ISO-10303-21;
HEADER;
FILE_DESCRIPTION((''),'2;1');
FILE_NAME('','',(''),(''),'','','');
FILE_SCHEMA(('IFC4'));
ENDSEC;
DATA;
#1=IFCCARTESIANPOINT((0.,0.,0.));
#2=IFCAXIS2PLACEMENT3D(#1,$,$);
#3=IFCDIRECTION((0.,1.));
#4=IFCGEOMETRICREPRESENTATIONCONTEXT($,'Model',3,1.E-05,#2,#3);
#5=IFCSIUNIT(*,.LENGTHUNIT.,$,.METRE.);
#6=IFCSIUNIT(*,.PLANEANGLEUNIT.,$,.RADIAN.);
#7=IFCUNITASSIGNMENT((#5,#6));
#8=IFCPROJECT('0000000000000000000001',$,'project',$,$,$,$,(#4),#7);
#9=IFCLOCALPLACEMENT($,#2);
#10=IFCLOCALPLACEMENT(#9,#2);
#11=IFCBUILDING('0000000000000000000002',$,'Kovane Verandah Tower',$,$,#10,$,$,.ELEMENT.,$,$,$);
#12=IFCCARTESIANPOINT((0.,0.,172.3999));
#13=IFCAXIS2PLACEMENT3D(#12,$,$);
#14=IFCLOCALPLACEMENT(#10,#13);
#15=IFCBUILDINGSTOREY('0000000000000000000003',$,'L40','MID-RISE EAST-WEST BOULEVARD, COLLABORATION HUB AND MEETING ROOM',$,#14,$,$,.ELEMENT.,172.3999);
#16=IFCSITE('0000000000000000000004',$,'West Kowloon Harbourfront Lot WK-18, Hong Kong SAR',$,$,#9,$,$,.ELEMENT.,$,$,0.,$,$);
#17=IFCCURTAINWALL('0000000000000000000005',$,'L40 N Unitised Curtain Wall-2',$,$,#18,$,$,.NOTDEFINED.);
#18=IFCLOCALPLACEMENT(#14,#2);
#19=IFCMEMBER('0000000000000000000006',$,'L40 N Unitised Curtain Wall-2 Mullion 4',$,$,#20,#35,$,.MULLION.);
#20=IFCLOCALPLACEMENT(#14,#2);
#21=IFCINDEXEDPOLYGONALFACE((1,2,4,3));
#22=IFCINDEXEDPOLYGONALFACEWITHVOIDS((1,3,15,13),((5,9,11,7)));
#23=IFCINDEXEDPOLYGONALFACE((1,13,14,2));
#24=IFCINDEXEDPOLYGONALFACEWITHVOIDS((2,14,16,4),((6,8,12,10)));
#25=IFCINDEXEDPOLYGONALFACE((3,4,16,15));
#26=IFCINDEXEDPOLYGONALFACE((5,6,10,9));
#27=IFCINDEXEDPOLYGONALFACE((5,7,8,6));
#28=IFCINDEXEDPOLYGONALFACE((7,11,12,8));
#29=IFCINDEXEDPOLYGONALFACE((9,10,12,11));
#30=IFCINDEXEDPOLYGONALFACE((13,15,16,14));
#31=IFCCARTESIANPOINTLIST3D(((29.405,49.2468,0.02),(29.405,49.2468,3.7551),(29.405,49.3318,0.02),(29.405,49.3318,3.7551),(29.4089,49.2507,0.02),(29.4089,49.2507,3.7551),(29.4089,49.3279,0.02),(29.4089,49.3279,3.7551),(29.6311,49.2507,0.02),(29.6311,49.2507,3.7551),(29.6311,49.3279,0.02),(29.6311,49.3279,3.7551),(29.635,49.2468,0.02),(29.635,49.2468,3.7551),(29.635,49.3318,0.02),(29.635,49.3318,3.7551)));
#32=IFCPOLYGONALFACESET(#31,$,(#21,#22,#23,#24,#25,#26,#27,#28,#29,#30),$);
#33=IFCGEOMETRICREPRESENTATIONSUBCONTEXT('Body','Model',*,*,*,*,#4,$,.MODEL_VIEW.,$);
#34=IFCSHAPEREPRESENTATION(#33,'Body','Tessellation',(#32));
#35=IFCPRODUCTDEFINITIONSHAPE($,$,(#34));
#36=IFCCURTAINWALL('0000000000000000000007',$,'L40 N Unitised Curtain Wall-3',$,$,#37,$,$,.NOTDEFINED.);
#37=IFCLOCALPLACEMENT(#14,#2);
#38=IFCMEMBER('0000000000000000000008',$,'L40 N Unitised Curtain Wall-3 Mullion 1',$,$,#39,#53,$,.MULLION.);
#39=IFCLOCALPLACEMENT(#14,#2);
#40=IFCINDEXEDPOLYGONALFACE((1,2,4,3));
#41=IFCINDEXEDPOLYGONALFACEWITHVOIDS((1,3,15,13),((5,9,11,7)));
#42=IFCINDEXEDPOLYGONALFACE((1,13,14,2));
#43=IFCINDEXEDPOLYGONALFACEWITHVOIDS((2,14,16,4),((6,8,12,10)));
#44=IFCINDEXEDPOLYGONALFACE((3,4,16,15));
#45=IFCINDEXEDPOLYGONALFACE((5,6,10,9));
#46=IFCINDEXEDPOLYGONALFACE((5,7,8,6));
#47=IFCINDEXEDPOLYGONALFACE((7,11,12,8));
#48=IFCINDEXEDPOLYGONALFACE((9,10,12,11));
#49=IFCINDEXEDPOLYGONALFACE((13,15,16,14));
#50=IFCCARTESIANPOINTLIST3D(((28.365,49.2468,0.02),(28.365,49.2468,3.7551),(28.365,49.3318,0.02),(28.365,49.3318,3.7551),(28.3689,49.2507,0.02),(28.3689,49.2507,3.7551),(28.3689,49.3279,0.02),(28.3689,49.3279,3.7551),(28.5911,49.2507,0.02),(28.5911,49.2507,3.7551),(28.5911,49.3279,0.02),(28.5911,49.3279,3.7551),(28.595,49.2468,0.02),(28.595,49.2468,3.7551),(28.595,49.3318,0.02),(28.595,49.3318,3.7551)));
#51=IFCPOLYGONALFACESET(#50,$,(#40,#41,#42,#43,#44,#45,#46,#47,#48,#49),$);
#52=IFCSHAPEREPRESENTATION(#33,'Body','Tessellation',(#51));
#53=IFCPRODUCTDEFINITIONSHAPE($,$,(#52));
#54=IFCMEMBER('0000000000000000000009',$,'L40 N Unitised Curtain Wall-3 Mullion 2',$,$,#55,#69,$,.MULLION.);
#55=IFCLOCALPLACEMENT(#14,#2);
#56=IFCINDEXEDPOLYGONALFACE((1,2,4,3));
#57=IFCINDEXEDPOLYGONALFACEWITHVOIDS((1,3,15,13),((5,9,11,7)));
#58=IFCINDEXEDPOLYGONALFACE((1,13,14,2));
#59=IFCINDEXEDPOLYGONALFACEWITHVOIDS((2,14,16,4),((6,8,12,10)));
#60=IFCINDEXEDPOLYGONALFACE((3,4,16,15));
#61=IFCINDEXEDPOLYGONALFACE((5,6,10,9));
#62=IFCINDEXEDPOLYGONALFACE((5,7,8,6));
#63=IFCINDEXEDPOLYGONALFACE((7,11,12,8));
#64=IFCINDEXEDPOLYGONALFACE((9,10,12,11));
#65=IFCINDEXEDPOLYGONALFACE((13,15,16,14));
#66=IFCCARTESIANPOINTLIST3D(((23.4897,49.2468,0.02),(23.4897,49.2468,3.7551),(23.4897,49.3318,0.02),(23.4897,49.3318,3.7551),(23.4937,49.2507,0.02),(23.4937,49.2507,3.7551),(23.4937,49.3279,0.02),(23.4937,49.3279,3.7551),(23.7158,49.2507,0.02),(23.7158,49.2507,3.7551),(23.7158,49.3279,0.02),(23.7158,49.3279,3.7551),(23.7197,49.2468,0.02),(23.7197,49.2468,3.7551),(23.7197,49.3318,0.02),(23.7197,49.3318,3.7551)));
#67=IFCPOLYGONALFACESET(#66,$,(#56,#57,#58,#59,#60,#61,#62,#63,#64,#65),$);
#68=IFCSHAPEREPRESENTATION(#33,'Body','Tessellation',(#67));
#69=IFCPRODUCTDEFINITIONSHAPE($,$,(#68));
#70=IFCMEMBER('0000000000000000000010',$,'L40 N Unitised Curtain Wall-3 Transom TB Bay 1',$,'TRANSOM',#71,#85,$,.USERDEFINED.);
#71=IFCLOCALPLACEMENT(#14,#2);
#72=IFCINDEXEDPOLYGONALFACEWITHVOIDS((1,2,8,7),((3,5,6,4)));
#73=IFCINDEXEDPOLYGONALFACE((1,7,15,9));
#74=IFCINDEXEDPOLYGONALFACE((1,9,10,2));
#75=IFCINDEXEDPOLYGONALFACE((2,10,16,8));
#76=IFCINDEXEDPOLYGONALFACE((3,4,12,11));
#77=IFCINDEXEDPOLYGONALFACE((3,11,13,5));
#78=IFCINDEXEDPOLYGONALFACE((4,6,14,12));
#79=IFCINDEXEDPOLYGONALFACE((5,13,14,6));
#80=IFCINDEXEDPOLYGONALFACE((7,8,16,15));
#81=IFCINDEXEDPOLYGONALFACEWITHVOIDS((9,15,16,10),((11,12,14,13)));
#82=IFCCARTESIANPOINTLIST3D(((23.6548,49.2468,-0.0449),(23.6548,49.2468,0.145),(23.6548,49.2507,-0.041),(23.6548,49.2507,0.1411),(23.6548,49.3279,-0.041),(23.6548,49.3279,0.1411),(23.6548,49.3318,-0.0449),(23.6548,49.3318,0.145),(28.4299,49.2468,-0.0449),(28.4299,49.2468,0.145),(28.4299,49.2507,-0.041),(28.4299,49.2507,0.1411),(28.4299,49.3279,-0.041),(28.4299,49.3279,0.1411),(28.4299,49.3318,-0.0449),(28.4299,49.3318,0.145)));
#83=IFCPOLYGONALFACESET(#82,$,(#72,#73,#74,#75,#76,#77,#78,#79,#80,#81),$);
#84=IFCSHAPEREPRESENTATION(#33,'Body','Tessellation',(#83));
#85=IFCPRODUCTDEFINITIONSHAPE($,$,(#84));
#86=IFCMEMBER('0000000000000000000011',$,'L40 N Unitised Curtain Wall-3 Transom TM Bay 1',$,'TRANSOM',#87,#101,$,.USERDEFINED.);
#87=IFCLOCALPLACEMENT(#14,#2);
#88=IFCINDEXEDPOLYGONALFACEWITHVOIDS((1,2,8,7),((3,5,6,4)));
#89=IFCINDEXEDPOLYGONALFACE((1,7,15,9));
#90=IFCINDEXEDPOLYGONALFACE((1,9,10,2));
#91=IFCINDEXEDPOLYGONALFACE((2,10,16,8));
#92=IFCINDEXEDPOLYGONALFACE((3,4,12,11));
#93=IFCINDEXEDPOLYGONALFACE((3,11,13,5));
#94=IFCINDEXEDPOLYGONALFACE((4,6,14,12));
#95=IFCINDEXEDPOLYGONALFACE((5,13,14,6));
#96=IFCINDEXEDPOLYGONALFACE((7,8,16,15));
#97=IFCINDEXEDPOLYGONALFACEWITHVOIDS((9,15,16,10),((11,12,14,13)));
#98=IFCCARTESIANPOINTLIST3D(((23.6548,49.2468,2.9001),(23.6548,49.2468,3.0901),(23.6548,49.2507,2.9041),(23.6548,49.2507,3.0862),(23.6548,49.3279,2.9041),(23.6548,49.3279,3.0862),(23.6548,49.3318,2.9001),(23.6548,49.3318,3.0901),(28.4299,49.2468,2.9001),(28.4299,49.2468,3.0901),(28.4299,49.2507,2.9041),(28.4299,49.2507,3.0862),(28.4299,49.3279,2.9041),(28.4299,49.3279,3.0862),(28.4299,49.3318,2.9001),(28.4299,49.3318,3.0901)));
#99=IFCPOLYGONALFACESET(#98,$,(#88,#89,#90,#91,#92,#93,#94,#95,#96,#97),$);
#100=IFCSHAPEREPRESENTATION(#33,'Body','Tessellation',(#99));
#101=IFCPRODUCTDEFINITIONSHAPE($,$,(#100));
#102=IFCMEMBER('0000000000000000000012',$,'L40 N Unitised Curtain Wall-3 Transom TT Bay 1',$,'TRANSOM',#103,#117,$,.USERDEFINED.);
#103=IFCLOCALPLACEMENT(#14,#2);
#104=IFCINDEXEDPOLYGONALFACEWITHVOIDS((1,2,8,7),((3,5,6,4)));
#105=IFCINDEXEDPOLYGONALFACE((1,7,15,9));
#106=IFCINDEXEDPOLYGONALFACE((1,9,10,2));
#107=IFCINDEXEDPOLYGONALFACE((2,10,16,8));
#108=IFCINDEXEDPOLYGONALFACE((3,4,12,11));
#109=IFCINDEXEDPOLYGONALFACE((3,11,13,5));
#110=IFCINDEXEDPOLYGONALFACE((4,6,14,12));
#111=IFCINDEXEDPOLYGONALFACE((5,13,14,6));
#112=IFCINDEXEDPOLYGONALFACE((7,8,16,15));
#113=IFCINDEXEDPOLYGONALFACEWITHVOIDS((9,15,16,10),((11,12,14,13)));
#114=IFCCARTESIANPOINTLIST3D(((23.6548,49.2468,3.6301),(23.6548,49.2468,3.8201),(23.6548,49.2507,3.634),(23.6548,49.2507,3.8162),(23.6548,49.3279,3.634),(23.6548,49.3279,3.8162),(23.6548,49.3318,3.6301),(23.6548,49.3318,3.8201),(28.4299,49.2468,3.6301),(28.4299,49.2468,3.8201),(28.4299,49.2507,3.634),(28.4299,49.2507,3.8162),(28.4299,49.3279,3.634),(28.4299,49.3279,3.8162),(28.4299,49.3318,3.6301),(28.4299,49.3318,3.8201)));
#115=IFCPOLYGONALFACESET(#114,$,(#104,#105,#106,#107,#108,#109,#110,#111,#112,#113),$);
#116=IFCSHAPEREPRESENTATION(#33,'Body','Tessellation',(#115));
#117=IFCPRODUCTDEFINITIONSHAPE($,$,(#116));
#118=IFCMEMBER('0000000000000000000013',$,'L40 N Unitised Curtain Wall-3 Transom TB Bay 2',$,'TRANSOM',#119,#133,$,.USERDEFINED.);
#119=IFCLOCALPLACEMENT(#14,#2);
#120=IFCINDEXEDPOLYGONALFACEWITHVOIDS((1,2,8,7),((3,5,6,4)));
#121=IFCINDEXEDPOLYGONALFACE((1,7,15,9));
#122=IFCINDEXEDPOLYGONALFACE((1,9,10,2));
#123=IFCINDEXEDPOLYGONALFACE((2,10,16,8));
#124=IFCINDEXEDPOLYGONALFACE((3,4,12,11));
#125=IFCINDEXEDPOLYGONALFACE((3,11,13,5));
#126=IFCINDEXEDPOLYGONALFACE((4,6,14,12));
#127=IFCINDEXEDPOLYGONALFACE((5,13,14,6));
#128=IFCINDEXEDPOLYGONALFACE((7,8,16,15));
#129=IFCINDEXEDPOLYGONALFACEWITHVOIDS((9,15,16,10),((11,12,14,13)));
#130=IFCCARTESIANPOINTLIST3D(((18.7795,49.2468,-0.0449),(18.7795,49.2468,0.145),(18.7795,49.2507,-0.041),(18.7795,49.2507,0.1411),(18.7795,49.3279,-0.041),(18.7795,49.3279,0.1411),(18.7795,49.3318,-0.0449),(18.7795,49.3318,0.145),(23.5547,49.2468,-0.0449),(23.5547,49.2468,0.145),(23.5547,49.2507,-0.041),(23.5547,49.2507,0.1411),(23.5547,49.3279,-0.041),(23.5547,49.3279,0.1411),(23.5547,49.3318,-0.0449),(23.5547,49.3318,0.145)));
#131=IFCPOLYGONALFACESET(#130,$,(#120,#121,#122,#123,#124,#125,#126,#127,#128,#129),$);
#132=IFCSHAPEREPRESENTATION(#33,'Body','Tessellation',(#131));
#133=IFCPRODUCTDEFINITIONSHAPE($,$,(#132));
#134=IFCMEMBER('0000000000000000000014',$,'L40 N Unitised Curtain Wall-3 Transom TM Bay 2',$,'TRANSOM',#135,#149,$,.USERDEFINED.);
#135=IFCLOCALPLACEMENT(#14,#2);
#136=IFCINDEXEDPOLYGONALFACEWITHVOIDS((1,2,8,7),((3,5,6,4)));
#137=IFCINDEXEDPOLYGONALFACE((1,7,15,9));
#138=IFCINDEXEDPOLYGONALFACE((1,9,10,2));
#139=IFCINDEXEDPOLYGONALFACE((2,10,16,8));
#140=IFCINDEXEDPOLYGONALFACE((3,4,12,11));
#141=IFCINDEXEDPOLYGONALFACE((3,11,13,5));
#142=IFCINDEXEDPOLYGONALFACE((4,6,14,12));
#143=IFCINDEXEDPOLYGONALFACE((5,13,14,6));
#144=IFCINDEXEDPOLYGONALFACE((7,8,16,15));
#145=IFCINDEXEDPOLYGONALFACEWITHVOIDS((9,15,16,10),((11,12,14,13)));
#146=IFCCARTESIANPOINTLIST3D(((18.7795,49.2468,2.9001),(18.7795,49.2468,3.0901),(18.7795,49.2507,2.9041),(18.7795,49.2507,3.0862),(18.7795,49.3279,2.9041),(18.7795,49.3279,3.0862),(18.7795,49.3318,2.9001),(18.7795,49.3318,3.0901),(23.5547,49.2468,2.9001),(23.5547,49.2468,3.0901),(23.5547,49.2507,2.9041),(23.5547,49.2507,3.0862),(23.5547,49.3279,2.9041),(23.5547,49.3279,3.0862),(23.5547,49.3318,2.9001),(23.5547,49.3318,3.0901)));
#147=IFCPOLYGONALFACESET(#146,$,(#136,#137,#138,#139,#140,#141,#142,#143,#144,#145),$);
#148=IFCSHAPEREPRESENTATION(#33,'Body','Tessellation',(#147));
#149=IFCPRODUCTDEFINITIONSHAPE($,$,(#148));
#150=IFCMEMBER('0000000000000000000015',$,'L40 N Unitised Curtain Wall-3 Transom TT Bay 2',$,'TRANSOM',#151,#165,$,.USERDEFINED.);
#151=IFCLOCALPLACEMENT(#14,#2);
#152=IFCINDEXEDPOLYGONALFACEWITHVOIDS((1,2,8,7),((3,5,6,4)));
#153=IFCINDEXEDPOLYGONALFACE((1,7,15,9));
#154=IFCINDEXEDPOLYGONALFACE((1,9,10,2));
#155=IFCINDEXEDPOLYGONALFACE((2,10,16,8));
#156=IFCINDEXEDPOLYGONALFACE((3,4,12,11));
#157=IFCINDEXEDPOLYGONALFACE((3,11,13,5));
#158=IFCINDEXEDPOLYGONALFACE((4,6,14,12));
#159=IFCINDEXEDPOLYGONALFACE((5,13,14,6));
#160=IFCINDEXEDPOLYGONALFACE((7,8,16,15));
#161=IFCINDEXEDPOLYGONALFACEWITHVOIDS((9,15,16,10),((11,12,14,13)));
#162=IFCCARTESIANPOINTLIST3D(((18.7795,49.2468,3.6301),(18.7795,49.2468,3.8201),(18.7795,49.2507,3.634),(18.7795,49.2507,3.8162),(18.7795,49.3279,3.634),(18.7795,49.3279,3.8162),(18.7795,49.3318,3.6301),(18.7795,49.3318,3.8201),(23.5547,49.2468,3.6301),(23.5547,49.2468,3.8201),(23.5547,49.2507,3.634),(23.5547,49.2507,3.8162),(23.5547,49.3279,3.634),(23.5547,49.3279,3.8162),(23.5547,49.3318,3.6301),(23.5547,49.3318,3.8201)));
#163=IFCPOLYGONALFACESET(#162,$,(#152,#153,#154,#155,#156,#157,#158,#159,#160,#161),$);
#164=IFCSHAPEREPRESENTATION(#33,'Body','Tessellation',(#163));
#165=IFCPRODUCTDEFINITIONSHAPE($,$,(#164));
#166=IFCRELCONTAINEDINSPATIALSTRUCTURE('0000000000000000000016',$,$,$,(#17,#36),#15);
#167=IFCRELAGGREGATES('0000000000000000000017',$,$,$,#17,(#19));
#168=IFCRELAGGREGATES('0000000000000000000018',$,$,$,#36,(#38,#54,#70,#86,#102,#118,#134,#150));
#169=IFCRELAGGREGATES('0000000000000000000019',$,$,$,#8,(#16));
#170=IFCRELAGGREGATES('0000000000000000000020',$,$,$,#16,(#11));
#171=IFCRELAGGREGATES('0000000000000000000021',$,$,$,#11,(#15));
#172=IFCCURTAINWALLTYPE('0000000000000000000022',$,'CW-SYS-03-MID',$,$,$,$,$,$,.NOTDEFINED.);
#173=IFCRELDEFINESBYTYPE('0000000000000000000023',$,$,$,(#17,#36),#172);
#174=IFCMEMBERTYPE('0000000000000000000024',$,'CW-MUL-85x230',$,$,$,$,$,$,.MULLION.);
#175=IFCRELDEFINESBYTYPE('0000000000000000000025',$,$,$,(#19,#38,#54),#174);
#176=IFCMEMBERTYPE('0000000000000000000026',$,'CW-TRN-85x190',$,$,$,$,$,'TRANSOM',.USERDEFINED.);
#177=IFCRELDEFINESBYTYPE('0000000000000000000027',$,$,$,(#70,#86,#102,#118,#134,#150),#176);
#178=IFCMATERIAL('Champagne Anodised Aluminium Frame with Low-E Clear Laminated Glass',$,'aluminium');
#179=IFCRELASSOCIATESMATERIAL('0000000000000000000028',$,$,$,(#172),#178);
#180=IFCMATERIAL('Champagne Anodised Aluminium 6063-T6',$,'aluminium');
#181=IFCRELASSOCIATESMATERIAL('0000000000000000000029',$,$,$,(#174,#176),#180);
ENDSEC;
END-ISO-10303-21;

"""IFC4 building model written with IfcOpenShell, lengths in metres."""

from ifc_helpers import new_model, si_unit, direction, frame, origin, origin_2d, place, context, subcontext, project, spatial, hollow_rectangle, extrude, material, material_profile, profile_set, type_object, element, aggregate, save


model = new_model("IFC4")

# Units and contexts
model_context = context("Model", 3, precision=1e-05, world=origin(), true_north=direction((0.0, 1.0)))
body_context = subcontext(model_context, "Body", "Model", "MODEL_VIEW")
ifc_project = project(units=[si_unit("LENGTHUNIT", "METRE"), si_unit("PLANEANGLEUNIT", "RADIAN")], contexts=[model_context])

# Site, building, storey
site_placement = place(None, origin())
site = spatial("IfcSite", under=ifc_project, at=site_placement, Name="West Kowloon Harbourfront Lot WK-18, Hong Kong SAR", CompositionType="ELEMENT", RefElevation=0.0)
building_placement = place(site_placement, origin())
building = spatial("IfcBuilding", under=site, at=building_placement, Name="Kovane Verandah Tower", CompositionType="ELEMENT")
storey_placement = place(building_placement, frame((0.0, 0.0, 172.3999)))
storey = spatial("IfcBuildingStorey", under=building, at=storey_placement, Name="L40", Description="MID-RISE EAST-WEST BOULEVARD, COLLABORATION HUB AND MEETING ROOM", CompositionType="ELEMENT", Elevation=172.3999)

# Curtain wall, member
ifc_material_1 = material(Name="Champagne Anodised Aluminium Frame with Low-E Clear Laminated Glass", Category="aluminium")
curtain_wall_type = type_object("IfcCurtainWallType", Name="CW-SYS-03-MID", PredefinedType="NOTDEFINED", material=ifc_material_1)
curtain_wall_1_placement = place(storey_placement, origin())
curtain_wall_1 = element("IfcCurtainWall", 1, at=curtain_wall_1_placement, inside=storey, type_object=curtain_wall_type, Name="L40 N Unitised Curtain Wall-2", PredefinedType="NOTDEFINED")
ifc_material_2 = material(Name="Champagne Anodised Aluminium 6063-T6", Category="aluminium")
ifc_material_profile_1 = material_profile(ifc_material_2, hollow_rectangle(XDim=0.085, YDim=0.23, WallThickness=0.0039, at=origin_2d()), Name="AL85x230x4")
ifc_profile_set_1 = profile_set([ifc_material_profile_1], Name="Champagne Anodised Aluminium 6063-T6")
member_type_1 = type_object("IfcMemberType", Name="CW-MUL-85x230", PredefinedType="MULLION", material=ifc_profile_set_1)
member_1_placement = place(storey_placement, frame((29.52, 49.2893, 0.02), z_axis=(0.0, 0.0, 1.0), x_axis=(0.0, 1.0, 0.0)))
member_1 = element("IfcMember", 2, at=member_1_placement, type_object=member_type_1, Name="L40 N Unitised Curtain Wall-2 Mullion 4", PredefinedType="MULLION", context=body_context, shape_type="SweptSolid", body=[
    extrude(hollow_rectangle(XDim=0.085, YDim=0.23, WallThickness=0.0039, at=origin_2d()), origin(), (0.0, 0.0, 1.0), 3.7351),
])

# Curtain wall, members
curtain_wall_2_placement = place(storey_placement, origin())
curtain_wall_2 = element("IfcCurtainWall", 3, at=curtain_wall_2_placement, inside=storey, type_object=curtain_wall_type, Name="L40 N Unitised Curtain Wall-3", PredefinedType="NOTDEFINED")
member_2_placement = place(storey_placement, frame((28.48, 49.2893, 0.02), z_axis=(0.0, 0.0, 1.0), x_axis=(0.0, 1.0, 0.0)))
member_2 = element("IfcMember", 4, at=member_2_placement, type_object=member_type_1, Name="L40 N Unitised Curtain Wall-3 Mullion 1", PredefinedType="MULLION", context=body_context, shape_type="SweptSolid", body=[
    extrude(hollow_rectangle(XDim=0.085, YDim=0.23, WallThickness=0.0039, at=origin_2d()), origin(), (0.0, 0.0, 1.0), 3.7351),
])
member_3_placement = place(storey_placement, frame((23.6047, 49.2893, 0.02), z_axis=(0.0, 0.0, 1.0), x_axis=(0.0, 1.0, 0.0)))
member_3 = element("IfcMember", 5, at=member_3_placement, type_object=member_type_1, Name="L40 N Unitised Curtain Wall-3 Mullion 2", PredefinedType="MULLION", context=body_context, shape_type="SweptSolid", body=[
    extrude(hollow_rectangle(XDim=0.085, YDim=0.23, WallThickness=0.0039, at=origin_2d()), origin(), (0.0, 0.0, 1.0), 3.7351),
])
ifc_material_profile_2 = material_profile(ifc_material_2, hollow_rectangle(XDim=0.085, YDim=0.1899, WallThickness=0.0039, at=origin_2d()), Name="AL85x190x4")
ifc_profile_set_2 = profile_set([ifc_material_profile_2], Name="Champagne Anodised Aluminium 6063-T6")
member_type_2 = type_object("IfcMemberType", Name="CW-TRN-85x190", ElementType="TRANSOM", PredefinedType="USERDEFINED", material=ifc_profile_set_2)
member_4_placement = place(storey_placement, frame((28.4299, 49.2893, 0.05), z_axis=(-1.0, 0.0, 0.0), x_axis=(0.0, -1.0, 0.0)))
member_4 = element("IfcMember", 6, at=member_4_placement, type_object=member_type_2, Name="L40 N Unitised Curtain Wall-3 Transom TB Bay 1", ObjectType="TRANSOM", PredefinedType="USERDEFINED", context=body_context, shape_type="SweptSolid", body=[
    extrude(hollow_rectangle(XDim=0.085, YDim=0.1899, WallThickness=0.0039, at=origin_2d()), origin(), (0.0, 0.0, 1.0), 4.7751),
])
member_5_placement = place(storey_placement, frame((28.4299, 49.2893, 2.9951), z_axis=(-1.0, 0.0, 0.0), x_axis=(0.0, -1.0, 0.0)))
member_5 = element("IfcMember", 7, at=member_5_placement, type_object=member_type_2, Name="L40 N Unitised Curtain Wall-3 Transom TM Bay 1", ObjectType="TRANSOM", PredefinedType="USERDEFINED", context=body_context, shape_type="SweptSolid", body=[
    extrude(hollow_rectangle(XDim=0.085, YDim=0.1899, WallThickness=0.0039, at=origin_2d()), origin(), (0.0, 0.0, 1.0), 4.7751),
])
member_6_placement = place(storey_placement, frame((28.4299, 49.2893, 3.7251), z_axis=(-1.0, 0.0, 0.0), x_axis=(0.0, -1.0, 0.0)))
member_6 = element("IfcMember", 8, at=member_6_placement, type_object=member_type_2, Name="L40 N Unitised Curtain Wall-3 Transom TT Bay 1", ObjectType="TRANSOM", PredefinedType="USERDEFINED", context=body_context, shape_type="SweptSolid", body=[
    extrude(hollow_rectangle(XDim=0.085, YDim=0.1899, WallThickness=0.0039, at=origin_2d()), origin(), (0.0, 0.0, 1.0), 4.7751),
])
member_7_placement = place(storey_placement, frame((23.5547, 49.2893, 0.05), z_axis=(-1.0, 0.0, 0.0), x_axis=(0.0, -1.0, 0.0)))
member_7 = element("IfcMember", 9, at=member_7_placement, type_object=member_type_2, Name="L40 N Unitised Curtain Wall-3 Transom TB Bay 2", ObjectType="TRANSOM", PredefinedType="USERDEFINED", context=body_context, shape_type="SweptSolid", body=[
    extrude(hollow_rectangle(XDim=0.085, YDim=0.1899, WallThickness=0.0039, at=origin_2d()), origin(), (0.0, 0.0, 1.0), 4.7751),
])
member_8_placement = place(storey_placement, frame((23.5547, 49.2893, 2.9951), z_axis=(-1.0, 0.0, 0.0), x_axis=(0.0, -1.0, 0.0)))
member_8 = element("IfcMember", 10, at=member_8_placement, type_object=member_type_2, Name="L40 N Unitised Curtain Wall-3 Transom TM Bay 2", ObjectType="TRANSOM", PredefinedType="USERDEFINED", context=body_context, shape_type="SweptSolid", body=[
    extrude(hollow_rectangle(XDim=0.085, YDim=0.1899, WallThickness=0.0039, at=origin_2d()), origin(), (0.0, 0.0, 1.0), 4.7751),
])
member_9_placement = place(storey_placement, frame((23.5547, 49.2893, 3.7251), z_axis=(-1.0, 0.0, 0.0), x_axis=(0.0, -1.0, 0.0)))
member_9 = element("IfcMember", 11, at=member_9_placement, type_object=member_type_2, Name="L40 N Unitised Curtain Wall-3 Transom TT Bay 2", ObjectType="TRANSOM", PredefinedType="USERDEFINED", context=body_context, shape_type="SweptSolid", body=[
    extrude(hollow_rectangle(XDim=0.085, YDim=0.1899, WallThickness=0.0039, at=origin_2d()), origin(), (0.0, 0.0, 1.0), 4.7751),
])

aggregate(curtain_wall_1, [member_1])
aggregate(curtain_wall_2, [member_2, member_3, member_4, member_5, member_6, member_7, member_8, member_9])

save(model, "model.ifc")
